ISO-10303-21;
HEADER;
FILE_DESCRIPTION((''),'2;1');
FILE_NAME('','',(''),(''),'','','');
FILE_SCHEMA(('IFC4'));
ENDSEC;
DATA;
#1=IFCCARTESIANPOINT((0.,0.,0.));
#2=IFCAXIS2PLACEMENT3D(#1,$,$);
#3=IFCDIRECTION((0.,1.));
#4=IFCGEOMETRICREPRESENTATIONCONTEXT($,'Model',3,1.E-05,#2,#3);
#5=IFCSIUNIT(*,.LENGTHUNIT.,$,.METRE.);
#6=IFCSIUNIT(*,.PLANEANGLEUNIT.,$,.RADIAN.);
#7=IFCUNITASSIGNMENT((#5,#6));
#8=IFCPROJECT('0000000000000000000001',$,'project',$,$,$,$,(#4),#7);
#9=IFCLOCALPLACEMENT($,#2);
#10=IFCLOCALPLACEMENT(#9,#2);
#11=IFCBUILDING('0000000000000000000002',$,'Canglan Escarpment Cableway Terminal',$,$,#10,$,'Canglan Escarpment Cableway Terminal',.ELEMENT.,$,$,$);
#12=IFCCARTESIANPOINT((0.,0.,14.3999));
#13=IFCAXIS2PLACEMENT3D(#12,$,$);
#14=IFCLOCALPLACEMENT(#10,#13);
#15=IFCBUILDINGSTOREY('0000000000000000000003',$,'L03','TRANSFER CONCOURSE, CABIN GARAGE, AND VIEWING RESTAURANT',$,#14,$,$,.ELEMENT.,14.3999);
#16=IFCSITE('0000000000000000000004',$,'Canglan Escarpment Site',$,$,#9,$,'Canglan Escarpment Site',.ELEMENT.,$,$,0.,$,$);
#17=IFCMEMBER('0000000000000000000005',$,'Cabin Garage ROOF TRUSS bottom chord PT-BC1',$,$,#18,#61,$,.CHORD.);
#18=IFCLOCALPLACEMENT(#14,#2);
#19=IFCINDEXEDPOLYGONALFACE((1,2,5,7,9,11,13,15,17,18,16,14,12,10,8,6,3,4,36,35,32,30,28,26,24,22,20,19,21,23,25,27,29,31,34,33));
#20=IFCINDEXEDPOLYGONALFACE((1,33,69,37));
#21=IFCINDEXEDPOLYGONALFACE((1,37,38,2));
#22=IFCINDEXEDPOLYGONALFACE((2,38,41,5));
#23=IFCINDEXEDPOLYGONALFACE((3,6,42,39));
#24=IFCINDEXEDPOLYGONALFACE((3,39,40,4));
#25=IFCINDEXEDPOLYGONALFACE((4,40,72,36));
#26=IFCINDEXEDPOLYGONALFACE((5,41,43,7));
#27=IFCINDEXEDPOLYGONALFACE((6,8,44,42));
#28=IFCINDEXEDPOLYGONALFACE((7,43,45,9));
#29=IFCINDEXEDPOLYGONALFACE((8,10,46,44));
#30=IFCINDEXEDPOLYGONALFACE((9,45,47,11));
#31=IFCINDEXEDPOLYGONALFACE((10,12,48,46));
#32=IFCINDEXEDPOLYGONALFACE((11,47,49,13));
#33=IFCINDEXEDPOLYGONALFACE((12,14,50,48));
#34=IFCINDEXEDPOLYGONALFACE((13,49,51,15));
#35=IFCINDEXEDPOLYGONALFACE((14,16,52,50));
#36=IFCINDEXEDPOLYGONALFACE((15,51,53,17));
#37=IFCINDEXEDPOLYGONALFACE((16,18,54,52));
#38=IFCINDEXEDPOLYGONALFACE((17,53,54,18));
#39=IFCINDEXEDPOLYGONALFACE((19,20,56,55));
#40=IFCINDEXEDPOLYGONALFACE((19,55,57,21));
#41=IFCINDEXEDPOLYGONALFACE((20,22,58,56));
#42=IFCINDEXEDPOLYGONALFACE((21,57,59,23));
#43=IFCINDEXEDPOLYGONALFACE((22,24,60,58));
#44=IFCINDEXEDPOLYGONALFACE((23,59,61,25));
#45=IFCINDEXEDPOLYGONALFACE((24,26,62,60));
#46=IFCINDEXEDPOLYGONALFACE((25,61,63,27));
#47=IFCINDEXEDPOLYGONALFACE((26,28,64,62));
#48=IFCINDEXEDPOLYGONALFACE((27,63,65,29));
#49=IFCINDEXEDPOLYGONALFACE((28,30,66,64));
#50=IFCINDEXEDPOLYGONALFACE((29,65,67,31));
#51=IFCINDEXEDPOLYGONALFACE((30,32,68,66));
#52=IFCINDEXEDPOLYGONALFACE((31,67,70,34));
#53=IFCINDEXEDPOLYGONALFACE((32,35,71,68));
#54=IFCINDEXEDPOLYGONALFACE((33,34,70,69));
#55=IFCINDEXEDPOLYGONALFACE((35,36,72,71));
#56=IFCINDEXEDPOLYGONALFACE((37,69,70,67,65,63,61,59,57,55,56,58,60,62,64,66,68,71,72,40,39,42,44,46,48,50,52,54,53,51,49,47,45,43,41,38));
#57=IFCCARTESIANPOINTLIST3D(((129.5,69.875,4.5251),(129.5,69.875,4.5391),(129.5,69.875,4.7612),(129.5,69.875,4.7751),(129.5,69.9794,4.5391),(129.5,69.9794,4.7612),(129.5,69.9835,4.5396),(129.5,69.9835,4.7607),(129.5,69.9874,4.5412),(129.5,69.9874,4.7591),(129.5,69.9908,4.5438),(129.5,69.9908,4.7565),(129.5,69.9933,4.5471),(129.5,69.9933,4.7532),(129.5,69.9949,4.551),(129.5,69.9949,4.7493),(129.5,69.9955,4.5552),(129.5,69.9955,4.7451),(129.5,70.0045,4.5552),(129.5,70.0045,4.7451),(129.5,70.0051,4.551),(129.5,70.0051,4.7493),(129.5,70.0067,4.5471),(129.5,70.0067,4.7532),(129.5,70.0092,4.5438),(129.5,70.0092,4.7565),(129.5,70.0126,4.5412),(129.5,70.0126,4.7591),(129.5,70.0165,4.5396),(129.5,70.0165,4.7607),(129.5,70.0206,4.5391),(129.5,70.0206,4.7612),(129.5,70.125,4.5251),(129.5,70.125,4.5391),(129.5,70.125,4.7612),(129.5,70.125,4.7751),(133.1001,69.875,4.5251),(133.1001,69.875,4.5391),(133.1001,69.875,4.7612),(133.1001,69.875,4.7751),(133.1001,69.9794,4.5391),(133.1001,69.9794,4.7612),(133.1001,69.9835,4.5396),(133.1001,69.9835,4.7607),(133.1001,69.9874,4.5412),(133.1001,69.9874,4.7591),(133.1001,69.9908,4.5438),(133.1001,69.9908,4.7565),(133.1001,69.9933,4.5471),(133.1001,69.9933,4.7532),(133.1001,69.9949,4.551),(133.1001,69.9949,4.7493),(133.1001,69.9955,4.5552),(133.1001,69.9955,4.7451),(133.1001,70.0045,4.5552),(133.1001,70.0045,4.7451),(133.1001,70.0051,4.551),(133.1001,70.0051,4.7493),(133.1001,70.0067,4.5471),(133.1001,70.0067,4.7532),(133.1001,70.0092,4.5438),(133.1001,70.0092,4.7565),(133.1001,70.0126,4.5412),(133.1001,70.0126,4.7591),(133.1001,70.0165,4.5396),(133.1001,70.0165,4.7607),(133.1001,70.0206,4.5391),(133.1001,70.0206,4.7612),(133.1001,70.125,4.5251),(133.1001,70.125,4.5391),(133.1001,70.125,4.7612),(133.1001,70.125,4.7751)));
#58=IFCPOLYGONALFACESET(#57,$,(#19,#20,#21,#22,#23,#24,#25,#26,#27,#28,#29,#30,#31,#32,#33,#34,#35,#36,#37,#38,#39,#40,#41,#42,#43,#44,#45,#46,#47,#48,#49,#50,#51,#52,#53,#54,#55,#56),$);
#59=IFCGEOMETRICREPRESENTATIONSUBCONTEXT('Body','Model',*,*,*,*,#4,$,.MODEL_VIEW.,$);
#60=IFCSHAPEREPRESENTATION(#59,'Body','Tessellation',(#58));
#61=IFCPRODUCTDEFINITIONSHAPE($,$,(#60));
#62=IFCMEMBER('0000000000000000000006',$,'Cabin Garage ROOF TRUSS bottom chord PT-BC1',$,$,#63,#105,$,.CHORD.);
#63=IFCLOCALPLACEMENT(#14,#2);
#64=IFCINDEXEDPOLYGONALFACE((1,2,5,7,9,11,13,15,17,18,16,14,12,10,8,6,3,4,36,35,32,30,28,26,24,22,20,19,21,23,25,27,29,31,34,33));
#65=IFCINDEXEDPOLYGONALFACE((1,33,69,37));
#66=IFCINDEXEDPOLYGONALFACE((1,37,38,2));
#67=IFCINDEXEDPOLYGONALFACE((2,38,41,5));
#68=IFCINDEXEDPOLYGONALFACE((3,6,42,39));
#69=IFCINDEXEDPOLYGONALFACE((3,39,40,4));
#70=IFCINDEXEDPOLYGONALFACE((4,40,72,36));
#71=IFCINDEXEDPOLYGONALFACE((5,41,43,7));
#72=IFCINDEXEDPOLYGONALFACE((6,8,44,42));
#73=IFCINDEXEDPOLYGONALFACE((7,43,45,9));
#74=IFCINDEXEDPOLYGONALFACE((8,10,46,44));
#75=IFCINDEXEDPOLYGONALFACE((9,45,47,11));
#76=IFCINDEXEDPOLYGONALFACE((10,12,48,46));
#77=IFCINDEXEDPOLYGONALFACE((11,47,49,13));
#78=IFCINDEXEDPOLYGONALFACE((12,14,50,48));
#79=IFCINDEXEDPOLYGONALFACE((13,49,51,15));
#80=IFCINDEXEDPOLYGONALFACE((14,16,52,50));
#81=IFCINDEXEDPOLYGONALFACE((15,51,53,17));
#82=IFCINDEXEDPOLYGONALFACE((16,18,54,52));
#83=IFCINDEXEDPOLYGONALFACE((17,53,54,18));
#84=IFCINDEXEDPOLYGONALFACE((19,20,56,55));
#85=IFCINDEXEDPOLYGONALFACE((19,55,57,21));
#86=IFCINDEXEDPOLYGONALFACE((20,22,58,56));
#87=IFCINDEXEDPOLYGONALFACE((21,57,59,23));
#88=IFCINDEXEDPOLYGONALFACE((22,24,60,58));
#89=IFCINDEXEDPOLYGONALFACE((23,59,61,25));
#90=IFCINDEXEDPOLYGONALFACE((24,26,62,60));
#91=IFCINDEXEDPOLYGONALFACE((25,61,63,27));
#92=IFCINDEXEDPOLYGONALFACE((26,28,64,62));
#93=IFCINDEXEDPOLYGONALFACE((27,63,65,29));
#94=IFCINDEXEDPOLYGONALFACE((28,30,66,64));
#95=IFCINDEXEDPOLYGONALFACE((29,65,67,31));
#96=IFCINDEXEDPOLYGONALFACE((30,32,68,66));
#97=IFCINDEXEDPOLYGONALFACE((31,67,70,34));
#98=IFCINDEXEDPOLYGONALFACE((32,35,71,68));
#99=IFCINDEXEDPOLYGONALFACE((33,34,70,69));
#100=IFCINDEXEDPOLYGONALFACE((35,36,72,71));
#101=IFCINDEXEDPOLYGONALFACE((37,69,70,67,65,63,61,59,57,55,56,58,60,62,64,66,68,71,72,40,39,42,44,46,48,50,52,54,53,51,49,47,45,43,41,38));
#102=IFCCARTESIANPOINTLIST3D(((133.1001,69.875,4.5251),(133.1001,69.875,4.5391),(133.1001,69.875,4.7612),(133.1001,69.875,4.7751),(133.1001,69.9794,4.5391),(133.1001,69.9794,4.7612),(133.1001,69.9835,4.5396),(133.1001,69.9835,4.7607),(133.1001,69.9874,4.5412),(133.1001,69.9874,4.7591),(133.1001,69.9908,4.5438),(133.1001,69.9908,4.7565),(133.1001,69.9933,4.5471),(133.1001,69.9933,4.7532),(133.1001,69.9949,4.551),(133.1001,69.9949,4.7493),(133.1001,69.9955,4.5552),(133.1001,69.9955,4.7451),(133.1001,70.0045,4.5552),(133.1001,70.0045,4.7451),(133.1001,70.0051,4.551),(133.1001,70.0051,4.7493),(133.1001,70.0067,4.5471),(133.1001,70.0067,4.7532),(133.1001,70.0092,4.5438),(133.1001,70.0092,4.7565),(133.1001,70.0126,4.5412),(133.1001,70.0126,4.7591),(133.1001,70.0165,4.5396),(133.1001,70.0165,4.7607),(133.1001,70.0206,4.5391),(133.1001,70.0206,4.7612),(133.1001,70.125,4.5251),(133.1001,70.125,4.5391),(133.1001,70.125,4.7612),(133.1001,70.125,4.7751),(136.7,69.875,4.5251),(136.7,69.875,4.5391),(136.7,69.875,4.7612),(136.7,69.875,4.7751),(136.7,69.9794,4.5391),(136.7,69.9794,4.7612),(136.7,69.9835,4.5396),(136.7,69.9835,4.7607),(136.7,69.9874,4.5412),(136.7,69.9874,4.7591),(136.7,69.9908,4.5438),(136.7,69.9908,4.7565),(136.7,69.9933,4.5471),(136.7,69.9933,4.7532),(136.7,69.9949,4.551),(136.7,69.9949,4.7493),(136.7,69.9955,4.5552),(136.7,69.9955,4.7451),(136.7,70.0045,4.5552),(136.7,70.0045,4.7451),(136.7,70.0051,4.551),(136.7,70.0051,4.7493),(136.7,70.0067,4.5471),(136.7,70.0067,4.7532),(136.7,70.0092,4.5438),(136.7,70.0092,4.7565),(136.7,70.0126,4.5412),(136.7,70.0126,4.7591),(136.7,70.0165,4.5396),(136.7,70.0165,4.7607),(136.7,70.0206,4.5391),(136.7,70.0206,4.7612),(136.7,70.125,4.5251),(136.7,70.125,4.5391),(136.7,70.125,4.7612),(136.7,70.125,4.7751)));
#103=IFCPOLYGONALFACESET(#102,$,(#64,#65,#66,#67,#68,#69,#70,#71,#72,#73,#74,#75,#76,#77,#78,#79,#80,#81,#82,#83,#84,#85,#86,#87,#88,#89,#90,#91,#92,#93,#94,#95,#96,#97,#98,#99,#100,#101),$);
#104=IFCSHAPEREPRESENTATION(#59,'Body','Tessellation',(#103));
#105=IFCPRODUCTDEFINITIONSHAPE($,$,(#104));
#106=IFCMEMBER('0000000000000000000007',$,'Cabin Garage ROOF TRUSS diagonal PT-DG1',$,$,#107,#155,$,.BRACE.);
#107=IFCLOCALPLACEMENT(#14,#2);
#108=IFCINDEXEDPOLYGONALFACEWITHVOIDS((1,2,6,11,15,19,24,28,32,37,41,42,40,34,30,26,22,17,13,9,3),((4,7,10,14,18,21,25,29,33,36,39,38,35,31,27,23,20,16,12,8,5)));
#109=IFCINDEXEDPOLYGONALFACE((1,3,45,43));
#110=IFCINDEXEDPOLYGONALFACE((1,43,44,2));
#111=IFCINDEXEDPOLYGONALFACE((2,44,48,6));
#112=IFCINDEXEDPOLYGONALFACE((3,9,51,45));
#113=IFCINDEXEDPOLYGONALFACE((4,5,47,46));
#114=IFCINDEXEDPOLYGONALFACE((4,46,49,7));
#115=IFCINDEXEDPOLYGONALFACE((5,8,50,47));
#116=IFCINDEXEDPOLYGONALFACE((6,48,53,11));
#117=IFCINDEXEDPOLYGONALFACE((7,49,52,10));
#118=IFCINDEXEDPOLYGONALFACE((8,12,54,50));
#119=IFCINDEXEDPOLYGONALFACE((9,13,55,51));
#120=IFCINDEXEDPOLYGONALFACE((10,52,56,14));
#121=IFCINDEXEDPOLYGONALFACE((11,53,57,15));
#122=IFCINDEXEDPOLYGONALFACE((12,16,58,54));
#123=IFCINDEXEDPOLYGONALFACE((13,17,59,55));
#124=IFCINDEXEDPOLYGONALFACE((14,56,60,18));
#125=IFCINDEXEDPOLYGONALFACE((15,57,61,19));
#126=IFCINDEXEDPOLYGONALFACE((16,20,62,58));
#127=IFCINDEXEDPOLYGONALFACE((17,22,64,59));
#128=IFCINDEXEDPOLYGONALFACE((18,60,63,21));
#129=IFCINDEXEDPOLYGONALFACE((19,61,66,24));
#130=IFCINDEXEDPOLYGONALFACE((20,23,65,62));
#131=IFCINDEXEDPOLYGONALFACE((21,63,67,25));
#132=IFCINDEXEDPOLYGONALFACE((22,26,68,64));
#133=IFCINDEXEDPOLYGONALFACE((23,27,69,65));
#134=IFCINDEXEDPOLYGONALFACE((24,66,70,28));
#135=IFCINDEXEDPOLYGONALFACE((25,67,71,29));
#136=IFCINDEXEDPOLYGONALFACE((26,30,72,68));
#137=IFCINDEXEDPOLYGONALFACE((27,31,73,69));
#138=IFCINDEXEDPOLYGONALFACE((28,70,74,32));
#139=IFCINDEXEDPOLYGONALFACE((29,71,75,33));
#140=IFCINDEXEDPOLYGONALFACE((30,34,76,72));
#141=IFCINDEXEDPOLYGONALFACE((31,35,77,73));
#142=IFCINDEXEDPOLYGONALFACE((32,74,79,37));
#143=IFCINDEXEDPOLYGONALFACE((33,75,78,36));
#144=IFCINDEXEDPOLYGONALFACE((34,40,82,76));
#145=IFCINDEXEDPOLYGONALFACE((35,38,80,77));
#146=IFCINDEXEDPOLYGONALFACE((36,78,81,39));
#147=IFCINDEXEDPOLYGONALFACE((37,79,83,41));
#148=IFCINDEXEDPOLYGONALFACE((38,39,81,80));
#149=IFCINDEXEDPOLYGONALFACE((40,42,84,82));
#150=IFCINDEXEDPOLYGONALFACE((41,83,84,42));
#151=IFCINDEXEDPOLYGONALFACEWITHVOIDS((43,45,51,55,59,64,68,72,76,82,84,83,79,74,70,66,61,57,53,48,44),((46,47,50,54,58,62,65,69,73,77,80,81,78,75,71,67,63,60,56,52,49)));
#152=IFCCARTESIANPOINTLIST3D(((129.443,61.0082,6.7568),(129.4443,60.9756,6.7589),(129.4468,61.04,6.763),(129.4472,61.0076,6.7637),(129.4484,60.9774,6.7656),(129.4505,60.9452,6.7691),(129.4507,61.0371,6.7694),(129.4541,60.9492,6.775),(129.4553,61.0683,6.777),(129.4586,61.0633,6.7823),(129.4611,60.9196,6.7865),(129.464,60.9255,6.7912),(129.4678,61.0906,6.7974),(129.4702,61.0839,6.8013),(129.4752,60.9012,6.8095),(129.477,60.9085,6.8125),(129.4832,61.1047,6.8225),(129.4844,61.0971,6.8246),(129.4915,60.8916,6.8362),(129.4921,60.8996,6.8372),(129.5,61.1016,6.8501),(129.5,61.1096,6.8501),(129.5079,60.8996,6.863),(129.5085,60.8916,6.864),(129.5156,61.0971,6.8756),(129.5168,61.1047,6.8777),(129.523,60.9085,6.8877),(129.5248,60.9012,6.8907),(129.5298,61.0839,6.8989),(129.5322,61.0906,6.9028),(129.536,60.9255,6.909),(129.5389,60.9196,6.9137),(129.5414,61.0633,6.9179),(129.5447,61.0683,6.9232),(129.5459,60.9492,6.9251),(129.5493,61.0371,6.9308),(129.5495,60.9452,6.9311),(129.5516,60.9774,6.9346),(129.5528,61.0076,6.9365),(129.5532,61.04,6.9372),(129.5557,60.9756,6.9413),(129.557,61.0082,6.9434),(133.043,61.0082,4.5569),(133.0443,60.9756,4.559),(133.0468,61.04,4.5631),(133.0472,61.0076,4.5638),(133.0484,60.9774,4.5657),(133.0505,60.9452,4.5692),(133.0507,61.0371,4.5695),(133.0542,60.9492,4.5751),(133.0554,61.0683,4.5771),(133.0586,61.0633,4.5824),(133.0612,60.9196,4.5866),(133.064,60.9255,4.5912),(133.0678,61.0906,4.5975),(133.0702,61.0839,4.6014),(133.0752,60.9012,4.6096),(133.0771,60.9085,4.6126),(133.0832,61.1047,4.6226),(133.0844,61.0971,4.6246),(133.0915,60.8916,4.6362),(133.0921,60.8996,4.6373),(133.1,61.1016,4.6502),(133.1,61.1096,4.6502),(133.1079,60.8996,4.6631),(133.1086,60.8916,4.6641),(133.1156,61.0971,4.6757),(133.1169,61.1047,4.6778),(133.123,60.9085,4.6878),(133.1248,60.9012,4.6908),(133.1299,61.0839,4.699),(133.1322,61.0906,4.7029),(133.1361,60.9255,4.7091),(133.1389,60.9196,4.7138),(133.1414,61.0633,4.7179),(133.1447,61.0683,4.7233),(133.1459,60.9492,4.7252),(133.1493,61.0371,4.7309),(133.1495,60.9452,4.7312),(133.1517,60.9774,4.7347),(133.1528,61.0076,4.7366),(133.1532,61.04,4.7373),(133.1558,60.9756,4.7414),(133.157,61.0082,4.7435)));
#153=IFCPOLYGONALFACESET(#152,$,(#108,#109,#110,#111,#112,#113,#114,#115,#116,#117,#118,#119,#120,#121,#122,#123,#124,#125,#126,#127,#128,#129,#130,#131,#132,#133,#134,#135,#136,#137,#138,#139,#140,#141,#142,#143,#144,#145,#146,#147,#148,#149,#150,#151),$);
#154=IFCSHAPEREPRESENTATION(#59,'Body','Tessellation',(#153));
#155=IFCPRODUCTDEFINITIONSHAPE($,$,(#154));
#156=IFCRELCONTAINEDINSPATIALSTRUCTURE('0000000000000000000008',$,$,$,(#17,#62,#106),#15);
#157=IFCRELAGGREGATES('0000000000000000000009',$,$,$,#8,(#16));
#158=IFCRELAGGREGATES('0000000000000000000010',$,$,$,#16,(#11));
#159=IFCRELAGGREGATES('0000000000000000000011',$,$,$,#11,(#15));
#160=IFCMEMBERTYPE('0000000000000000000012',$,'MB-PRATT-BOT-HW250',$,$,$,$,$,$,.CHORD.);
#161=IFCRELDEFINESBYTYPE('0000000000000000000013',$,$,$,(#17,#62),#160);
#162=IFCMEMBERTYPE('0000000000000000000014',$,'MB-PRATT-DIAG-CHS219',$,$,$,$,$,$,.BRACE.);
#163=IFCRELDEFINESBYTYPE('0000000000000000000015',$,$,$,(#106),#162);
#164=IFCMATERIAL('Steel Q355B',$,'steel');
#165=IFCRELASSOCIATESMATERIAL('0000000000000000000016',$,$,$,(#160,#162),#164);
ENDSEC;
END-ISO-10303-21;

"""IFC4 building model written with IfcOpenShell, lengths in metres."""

from ifc_helpers import new_model, si_unit, direction, frame, origin, origin_2d, place, context, subcontext, project, spatial, hollow_circle, i_section, extrude, material, material_profile, profile_set, type_object, element, save


model = new_model("IFC4")

# Units and contexts
model_context = context("Model", 3, precision=1e-05, world=origin(), true_north=direction((0.0, 1.0)))
body_context = subcontext(model_context, "Body", "Model", "MODEL_VIEW")
ifc_project = project(units=[si_unit("LENGTHUNIT", "METRE"), si_unit("PLANEANGLEUNIT", "RADIAN")], contexts=[model_context])

# Site, building, storey
site_placement = place(None, origin())
site = spatial("IfcSite", under=ifc_project, at=site_placement, Name="Canglan Escarpment Site", LongName="Canglan Escarpment Site", CompositionType="ELEMENT", RefElevation=0.0)
building_placement = place(site_placement, origin())
building = spatial("IfcBuilding", under=site, at=building_placement, Name="Canglan Escarpment Cableway Terminal", LongName="Canglan Escarpment Cableway Terminal", CompositionType="ELEMENT")
storey_placement = place(building_placement, frame((0.0, 0.0, 14.3999)))
storey = spatial("IfcBuildingStorey", under=building, at=storey_placement, Name="L03", Description="TRANSFER CONCOURSE, CABIN GARAGE, AND VIEWING RESTAURANT", CompositionType="ELEMENT", Elevation=14.3999)

# Shared definitions
ifc_material_1 = material(Name="Steel Q355B", Category="steel")

# Members
ifc_material_profile_1 = material_profile(ifc_material_1, i_section(OverallWidth=0.25, OverallDepth=0.25, WebThickness=0.009, FlangeThickness=0.0139, FilletRadius=0.0161, at=origin_2d()), Name="HW 250x250x9x14")
ifc_profile_set_1 = profile_set([ifc_material_profile_1], Name="Steel Q355B")
member_type_1 = type_object("IfcMemberType", Name="MB-PRATT-BOT-HW250", PredefinedType="CHORD", material=ifc_profile_set_1)
member_1_placement = place(storey_placement, frame((129.5, 70.0, 4.6501), z_axis=(1.0, 0.0, 0.0), x_axis=(0.0, 1.0, 0.0)))
element("IfcMember", 1, at=member_1_placement, inside=storey, type_object=member_type_1, Name="Cabin Garage ROOF TRUSS bottom chord PT-BC1", PredefinedType="CHORD", context=body_context, shape_type="SweptSolid", body=[
    extrude(i_section(OverallWidth=0.25, OverallDepth=0.25, WebThickness=0.009, FlangeThickness=0.0139, FilletRadius=0.0161, at=origin_2d()), origin(), (0.0, 0.0, 1.0), 3.6001),
])
member_2_placement = place(storey_placement, frame((133.1001, 70.0, 4.6501), z_axis=(1.0, 0.0, 0.0), x_axis=(0.0, 1.0, 0.0)))
element("IfcMember", 2, at=member_2_placement, inside=storey, type_object=member_type_1, Name="Cabin Garage ROOF TRUSS bottom chord PT-BC1", PredefinedType="CHORD", context=body_context, shape_type="SweptSolid", body=[
    extrude(i_section(OverallWidth=0.25, OverallDepth=0.25, WebThickness=0.009, FlangeThickness=0.0139, FilletRadius=0.0161, at=origin_2d()), origin(), (0.0, 0.0, 1.0), 3.5999),
])
ifc_material_profile_2 = material_profile(ifc_material_1, hollow_circle(Radius=0.1096, WallThickness=0.0081, at=origin_2d()), Name="CHS 219.1x8")
ifc_profile_set_2 = profile_set([ifc_material_profile_2], Name="Steel Q355B")
member_type_2 = type_object("IfcMemberType", Name="MB-PRATT-DIAG-CHS219", PredefinedType="BRACE", material=ifc_profile_set_2)
member_3_placement = place(storey_placement, frame((129.5, 61.0, 6.8501), z_axis=(0.853293, 0.0, -0.521431), x_axis=(0.0, 1.0, 0.0)))
element("IfcMember", 3, at=member_3_placement, inside=storey, type_object=member_type_2, Name="Cabin Garage ROOF TRUSS diagonal PT-DG1", PredefinedType="BRACE", context=body_context, shape_type="SweptSolid", body=[
    extrude(hollow_circle(Radius=0.1096, WallThickness=0.0081, at=origin_2d()), origin(), (0.0, 0.0, 1.0), 4.219),
])

save(model, "model.ifc")
